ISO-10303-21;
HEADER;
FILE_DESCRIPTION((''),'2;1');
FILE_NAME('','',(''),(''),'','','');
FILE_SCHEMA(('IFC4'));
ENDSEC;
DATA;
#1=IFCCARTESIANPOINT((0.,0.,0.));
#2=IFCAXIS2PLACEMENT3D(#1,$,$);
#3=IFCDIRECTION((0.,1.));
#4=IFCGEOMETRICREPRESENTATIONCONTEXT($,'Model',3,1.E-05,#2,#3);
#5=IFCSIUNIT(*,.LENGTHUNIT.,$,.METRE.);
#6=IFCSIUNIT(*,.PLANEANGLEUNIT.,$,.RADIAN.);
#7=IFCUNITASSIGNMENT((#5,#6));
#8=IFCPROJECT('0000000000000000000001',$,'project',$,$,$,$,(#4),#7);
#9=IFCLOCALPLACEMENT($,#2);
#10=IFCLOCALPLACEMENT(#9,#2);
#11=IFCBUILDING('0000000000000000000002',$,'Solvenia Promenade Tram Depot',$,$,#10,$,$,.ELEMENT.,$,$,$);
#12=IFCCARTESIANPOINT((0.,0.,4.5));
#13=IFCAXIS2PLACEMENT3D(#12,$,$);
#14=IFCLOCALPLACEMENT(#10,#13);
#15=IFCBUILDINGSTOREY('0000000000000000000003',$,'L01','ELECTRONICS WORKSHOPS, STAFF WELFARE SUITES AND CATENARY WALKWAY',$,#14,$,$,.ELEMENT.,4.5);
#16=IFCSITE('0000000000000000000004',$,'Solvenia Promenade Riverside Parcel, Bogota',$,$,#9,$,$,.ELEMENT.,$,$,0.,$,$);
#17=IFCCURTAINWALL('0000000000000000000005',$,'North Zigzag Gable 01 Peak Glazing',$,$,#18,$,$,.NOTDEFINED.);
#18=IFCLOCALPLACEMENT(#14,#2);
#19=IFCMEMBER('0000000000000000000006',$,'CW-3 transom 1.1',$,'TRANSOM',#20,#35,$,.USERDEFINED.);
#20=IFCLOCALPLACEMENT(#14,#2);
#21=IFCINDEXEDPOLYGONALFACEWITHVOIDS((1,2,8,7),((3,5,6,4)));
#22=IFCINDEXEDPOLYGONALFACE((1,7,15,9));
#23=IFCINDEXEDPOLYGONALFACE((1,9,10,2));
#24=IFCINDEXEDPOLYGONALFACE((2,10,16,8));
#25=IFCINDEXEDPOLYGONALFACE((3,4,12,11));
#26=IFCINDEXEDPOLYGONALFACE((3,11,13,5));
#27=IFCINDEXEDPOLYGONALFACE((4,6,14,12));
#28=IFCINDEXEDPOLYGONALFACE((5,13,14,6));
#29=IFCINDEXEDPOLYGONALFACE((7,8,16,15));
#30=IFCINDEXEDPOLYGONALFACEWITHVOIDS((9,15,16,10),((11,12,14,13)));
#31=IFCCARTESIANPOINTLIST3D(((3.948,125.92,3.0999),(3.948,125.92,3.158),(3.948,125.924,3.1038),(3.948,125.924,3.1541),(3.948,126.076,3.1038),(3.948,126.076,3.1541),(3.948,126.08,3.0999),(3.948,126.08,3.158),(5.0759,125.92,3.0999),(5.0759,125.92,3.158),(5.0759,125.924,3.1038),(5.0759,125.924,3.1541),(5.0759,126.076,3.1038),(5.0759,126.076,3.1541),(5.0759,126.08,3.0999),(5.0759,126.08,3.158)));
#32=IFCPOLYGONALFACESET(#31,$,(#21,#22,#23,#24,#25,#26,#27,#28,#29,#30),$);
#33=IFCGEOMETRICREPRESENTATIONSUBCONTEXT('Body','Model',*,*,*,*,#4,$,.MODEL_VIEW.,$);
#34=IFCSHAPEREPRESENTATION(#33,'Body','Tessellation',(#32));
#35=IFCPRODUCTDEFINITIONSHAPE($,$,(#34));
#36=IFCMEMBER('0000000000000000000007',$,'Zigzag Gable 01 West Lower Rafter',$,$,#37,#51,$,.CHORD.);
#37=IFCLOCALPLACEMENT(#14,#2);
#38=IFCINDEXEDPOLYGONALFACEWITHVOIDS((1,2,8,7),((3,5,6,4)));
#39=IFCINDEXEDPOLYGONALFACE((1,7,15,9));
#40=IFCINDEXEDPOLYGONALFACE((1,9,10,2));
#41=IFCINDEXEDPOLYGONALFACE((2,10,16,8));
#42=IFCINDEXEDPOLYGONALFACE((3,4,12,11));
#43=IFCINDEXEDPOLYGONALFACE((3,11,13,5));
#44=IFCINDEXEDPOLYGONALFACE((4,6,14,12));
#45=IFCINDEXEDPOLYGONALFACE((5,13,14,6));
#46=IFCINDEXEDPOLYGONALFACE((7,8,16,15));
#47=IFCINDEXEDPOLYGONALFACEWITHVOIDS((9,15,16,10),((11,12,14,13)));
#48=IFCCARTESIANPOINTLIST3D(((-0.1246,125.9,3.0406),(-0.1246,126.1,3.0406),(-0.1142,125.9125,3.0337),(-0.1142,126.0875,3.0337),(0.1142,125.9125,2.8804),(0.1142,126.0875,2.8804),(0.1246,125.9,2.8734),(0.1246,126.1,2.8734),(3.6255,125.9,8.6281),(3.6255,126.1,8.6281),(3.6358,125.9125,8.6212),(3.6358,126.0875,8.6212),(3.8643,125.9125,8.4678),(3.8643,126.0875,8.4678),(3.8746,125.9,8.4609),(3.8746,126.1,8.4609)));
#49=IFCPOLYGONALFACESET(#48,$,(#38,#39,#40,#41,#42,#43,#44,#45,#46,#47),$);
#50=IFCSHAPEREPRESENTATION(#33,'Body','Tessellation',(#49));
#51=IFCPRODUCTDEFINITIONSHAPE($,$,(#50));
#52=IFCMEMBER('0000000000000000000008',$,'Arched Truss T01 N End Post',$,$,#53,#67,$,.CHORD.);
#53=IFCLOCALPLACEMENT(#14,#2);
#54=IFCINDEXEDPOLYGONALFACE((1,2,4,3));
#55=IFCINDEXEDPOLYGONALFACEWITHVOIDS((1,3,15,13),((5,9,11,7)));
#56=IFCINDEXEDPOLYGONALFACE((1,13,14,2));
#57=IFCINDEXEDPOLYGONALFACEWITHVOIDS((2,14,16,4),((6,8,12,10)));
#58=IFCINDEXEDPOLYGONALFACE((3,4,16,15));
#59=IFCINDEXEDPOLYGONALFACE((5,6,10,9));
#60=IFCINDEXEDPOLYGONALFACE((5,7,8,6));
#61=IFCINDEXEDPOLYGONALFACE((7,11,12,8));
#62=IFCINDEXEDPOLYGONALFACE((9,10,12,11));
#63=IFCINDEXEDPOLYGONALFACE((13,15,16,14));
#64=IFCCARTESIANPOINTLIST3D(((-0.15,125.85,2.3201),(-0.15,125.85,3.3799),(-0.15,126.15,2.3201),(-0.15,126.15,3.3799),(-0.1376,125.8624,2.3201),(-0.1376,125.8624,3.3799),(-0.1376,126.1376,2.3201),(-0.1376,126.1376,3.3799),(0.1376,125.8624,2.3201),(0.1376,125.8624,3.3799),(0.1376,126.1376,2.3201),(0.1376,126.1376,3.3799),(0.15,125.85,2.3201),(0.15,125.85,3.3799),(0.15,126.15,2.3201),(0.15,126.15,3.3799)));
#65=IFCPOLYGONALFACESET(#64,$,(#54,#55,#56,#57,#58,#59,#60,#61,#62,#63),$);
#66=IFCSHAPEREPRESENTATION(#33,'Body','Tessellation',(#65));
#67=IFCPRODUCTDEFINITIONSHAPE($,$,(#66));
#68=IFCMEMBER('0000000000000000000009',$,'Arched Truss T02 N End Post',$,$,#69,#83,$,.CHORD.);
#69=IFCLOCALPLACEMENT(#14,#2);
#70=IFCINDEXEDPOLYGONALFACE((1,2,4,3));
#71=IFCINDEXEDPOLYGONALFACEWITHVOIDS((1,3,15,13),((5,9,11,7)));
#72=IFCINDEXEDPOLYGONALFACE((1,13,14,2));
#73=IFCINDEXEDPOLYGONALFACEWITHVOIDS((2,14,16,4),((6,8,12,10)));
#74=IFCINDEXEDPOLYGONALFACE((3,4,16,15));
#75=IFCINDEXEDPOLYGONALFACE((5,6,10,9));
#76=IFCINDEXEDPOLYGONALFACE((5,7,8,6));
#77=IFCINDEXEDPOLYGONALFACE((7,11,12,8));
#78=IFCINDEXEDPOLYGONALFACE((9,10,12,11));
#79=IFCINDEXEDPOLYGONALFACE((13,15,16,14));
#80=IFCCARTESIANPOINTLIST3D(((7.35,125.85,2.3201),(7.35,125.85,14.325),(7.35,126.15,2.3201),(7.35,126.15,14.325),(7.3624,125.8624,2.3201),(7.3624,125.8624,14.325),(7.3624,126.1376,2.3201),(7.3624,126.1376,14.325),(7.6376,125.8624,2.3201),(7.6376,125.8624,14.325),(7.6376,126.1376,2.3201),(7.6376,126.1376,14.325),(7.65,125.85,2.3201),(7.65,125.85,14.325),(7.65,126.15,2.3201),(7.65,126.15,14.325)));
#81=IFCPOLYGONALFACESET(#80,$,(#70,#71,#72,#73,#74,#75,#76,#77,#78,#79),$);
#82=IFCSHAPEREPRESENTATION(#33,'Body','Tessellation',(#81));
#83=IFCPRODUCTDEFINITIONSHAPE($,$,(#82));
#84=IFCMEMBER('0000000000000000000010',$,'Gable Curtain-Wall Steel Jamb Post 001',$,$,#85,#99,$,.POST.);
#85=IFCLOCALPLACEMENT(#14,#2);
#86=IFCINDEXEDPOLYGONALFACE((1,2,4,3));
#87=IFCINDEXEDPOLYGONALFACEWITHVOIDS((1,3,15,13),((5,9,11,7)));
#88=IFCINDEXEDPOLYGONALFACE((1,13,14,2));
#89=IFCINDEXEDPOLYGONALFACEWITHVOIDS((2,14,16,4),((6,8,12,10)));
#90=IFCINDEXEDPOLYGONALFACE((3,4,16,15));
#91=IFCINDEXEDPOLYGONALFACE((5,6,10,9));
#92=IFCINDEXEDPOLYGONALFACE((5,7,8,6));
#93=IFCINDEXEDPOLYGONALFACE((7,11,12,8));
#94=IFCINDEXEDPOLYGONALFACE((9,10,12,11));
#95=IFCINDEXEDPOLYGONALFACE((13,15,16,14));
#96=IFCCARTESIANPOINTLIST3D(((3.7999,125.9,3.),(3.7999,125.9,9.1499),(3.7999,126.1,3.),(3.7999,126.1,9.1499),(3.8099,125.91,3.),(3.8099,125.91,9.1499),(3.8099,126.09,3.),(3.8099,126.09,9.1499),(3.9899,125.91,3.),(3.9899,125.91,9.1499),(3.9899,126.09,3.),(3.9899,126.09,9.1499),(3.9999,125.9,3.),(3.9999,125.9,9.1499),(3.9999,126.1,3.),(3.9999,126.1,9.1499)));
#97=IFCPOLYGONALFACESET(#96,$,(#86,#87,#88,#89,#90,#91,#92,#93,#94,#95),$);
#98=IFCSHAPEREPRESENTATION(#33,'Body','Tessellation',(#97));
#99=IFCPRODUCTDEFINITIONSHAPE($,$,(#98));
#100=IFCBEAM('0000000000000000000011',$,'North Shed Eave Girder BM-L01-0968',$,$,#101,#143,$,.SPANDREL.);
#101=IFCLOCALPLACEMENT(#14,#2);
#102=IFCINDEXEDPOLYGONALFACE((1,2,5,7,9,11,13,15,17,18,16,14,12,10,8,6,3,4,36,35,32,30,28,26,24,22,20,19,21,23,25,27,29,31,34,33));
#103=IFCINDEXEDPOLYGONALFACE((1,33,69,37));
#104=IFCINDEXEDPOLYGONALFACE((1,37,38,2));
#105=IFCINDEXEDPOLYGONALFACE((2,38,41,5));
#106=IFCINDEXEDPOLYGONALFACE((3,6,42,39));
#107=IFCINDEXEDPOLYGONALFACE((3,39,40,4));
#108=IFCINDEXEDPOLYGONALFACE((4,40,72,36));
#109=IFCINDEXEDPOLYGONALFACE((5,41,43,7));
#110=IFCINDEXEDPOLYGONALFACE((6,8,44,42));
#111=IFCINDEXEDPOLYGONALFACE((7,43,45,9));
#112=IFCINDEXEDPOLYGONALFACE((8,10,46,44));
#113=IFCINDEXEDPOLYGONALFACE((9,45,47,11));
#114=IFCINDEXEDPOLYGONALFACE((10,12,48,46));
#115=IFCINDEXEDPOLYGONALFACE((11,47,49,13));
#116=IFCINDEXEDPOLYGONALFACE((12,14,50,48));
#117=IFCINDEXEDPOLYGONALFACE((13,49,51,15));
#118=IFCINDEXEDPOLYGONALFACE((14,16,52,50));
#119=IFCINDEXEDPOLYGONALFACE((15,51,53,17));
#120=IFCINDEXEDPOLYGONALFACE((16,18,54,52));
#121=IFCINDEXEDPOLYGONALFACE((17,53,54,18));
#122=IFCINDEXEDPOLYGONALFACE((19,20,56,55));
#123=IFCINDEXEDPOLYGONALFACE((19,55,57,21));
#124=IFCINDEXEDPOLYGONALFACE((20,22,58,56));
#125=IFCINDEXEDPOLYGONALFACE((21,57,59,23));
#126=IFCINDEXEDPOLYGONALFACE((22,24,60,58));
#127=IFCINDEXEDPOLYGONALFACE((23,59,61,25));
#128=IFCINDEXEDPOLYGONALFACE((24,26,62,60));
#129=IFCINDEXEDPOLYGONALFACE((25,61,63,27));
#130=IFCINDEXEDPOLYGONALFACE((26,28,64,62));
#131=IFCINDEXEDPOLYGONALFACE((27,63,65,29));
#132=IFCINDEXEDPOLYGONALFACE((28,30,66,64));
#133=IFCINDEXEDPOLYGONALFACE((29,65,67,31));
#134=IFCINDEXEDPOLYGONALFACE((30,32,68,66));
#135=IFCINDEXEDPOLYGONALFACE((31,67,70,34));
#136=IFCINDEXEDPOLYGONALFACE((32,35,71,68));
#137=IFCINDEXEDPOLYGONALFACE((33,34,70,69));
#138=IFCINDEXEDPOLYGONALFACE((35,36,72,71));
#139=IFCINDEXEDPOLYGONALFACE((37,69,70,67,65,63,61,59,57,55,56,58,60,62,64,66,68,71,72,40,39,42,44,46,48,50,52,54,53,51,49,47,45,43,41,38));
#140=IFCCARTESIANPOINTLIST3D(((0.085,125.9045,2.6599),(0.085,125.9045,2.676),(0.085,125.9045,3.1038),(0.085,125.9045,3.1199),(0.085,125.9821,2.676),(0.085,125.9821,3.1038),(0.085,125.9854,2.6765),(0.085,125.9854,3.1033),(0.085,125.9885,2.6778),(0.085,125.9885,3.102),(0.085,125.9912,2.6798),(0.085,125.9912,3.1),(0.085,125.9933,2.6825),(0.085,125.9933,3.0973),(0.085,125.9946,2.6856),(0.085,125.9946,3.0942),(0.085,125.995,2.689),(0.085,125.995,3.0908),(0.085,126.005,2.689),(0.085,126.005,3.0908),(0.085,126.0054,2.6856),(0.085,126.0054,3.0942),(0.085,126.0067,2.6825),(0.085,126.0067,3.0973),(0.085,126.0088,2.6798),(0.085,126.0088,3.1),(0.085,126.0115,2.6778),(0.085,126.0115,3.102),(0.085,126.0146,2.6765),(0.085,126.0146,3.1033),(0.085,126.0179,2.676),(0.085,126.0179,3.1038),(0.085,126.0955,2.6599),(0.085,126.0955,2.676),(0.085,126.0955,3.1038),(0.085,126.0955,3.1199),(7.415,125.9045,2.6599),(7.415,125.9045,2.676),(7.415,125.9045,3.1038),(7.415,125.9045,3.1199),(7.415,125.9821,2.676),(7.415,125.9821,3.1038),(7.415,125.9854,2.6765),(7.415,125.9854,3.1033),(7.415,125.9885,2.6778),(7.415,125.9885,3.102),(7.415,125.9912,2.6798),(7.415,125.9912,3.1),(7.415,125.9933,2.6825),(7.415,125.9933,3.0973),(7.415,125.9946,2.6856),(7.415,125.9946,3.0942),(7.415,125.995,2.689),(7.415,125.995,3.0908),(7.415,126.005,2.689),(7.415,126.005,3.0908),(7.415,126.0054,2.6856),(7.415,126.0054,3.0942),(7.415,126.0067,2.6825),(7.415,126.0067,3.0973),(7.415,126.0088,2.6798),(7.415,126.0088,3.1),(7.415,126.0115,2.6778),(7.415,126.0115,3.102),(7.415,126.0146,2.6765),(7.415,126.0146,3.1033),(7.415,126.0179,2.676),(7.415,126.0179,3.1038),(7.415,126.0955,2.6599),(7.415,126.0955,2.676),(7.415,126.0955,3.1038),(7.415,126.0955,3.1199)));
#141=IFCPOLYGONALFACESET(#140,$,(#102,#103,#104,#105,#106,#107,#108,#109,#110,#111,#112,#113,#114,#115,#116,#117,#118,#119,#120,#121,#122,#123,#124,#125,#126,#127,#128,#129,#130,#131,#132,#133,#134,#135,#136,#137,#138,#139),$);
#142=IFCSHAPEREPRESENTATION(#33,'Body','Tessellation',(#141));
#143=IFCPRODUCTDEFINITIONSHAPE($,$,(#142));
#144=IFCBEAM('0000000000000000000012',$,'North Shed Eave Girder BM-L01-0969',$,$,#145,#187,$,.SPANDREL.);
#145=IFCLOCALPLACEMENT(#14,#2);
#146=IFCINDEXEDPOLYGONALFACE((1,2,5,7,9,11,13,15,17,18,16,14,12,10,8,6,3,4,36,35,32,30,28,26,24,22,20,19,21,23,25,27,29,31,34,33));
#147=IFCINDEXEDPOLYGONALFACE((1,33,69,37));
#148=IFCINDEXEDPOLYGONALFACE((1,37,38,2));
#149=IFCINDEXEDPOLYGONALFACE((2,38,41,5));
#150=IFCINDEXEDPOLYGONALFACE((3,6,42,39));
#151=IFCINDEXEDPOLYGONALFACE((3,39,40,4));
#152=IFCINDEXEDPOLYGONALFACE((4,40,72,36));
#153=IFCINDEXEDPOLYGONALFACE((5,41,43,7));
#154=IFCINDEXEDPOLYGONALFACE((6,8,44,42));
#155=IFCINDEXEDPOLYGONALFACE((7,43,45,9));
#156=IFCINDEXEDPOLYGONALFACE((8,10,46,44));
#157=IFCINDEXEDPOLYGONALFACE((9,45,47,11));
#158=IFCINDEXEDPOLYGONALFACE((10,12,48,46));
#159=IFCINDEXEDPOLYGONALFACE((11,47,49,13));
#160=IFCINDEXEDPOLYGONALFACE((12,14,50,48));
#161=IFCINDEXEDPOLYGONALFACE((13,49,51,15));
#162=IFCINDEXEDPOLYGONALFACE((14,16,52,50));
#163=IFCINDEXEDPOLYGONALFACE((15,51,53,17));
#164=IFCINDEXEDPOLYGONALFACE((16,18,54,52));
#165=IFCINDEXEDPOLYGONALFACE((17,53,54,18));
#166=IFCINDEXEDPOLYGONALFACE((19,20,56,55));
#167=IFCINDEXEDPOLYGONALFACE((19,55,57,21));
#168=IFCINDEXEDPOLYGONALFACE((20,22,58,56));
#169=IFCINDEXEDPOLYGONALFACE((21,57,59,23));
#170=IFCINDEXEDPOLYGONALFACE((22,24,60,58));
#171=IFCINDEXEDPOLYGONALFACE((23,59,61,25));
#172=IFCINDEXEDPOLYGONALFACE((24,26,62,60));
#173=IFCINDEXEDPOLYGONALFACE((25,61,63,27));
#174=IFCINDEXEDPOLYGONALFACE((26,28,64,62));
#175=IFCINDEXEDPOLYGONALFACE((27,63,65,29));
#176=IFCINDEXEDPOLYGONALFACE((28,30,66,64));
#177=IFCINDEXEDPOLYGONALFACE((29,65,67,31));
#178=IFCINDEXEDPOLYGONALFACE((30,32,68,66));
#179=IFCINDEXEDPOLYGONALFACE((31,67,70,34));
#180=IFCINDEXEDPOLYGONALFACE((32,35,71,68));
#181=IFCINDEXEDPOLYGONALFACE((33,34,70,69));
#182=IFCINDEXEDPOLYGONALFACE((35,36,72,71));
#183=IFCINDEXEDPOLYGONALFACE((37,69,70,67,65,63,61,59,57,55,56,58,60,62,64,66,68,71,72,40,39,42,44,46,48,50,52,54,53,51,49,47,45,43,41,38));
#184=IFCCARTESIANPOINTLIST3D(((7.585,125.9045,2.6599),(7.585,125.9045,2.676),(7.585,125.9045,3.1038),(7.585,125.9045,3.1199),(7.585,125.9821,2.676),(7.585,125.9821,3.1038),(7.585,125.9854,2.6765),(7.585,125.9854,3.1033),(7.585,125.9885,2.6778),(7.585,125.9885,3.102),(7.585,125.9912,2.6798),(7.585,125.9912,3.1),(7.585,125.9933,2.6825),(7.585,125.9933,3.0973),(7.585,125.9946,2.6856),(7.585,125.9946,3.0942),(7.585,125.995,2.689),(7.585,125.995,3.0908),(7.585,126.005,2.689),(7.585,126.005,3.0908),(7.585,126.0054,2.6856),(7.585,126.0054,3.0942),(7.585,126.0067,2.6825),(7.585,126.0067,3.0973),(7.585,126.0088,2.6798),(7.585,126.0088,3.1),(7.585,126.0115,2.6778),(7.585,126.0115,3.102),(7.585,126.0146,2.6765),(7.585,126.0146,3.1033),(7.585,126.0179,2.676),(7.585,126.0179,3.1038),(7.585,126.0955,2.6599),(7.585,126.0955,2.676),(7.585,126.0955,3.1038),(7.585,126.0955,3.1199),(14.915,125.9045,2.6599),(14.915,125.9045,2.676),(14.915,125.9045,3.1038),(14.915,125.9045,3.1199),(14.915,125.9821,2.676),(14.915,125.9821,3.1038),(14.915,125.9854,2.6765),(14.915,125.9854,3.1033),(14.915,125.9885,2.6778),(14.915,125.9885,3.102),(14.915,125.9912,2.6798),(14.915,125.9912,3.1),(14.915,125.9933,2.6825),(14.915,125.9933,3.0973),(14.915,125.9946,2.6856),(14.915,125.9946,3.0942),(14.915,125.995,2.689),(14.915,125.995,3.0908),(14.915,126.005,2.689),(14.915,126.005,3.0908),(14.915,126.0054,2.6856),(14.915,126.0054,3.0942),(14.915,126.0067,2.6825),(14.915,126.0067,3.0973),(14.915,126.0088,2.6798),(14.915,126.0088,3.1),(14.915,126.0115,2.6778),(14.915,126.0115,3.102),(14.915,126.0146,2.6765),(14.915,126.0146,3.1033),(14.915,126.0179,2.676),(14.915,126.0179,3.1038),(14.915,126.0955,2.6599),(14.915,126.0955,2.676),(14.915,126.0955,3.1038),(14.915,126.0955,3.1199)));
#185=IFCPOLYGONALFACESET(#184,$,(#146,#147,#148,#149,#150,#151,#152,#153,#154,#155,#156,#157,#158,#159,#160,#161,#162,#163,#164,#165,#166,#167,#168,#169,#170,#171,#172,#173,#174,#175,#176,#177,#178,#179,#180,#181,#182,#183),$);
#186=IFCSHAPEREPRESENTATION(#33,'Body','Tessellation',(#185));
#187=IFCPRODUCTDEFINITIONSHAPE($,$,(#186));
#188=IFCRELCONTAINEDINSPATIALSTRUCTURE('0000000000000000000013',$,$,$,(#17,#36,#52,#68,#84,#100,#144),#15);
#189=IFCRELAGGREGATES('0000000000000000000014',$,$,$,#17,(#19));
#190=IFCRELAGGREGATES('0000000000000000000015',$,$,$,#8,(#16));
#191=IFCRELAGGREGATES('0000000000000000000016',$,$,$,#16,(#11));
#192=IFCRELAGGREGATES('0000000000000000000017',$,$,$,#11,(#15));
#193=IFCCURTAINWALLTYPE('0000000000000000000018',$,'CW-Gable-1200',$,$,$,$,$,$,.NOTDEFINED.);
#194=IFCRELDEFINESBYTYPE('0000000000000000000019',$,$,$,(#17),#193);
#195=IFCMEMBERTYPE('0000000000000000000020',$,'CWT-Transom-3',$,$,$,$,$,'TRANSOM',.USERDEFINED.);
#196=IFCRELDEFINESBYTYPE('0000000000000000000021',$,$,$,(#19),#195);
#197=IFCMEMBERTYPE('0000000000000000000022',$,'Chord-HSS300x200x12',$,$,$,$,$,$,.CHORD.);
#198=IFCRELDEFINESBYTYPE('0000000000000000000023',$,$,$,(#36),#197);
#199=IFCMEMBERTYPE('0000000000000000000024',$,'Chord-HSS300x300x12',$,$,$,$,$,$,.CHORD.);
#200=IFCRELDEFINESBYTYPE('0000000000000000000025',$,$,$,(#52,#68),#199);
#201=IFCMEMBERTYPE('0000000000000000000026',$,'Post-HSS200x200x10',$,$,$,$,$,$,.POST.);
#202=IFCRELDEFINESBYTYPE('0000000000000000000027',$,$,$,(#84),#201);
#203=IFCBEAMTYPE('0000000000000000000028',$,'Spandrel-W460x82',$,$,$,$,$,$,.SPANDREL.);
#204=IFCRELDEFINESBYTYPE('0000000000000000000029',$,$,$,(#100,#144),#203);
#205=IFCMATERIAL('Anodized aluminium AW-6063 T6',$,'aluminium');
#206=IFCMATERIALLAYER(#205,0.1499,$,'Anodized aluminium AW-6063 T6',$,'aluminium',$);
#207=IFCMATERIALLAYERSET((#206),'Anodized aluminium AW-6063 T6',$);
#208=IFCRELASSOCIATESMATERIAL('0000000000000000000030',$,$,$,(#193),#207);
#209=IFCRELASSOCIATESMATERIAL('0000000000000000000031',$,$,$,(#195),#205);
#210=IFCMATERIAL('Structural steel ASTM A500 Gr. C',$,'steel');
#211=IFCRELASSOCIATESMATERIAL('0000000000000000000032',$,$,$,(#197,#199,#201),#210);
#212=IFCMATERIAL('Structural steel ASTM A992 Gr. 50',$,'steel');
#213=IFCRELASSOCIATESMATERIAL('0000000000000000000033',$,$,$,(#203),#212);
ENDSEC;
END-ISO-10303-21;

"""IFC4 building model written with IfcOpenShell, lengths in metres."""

from ifc_helpers import new_model, si_unit, direction, frame, origin, origin_2d, place, context, subcontext, project, spatial, hollow_rectangle, i_section, extrude, material, layer, layer_set, material_profile, profile_set, type_object, element, aggregate, save


model = new_model("IFC4")

# Units and contexts
model_context = context("Model", 3, precision=1e-05, world=origin(), true_north=direction((0.0, 1.0)))
body_context = subcontext(model_context, "Body", "Model", "MODEL_VIEW")
ifc_project = project(units=[si_unit("LENGTHUNIT", "METRE"), si_unit("PLANEANGLEUNIT", "RADIAN")], contexts=[model_context])

# Site, building, storey
site_placement = place(None, origin())
site = spatial("IfcSite", under=ifc_project, at=site_placement, Name="Solvenia Promenade Riverside Parcel, Bogota", CompositionType="ELEMENT", RefElevation=0.0)
building_placement = place(site_placement, origin())
building = spatial("IfcBuilding", under=site, at=building_placement, Name="Solvenia Promenade Tram Depot", CompositionType="ELEMENT")
storey_placement = place(building_placement, frame((0.0, 0.0, 4.5)))
storey = spatial("IfcBuildingStorey", under=building, at=storey_placement, Name="L01", Description="ELECTRONICS WORKSHOPS, STAFF WELFARE SUITES AND CATENARY WALKWAY", CompositionType="ELEMENT", Elevation=4.5)

# Shared definitions
ifc_material_1 = material(Name="Structural steel ASTM A992 Gr. 50", Category="steel")

# Shared definitions
ifc_material_2 = material(Name="Structural steel ASTM A500 Gr. C", Category="steel")

# Curtain wall, member
ifc_material_3 = material(Name="Anodized aluminium AW-6063 T6", Category="aluminium")
ifc_layer_1 = layer(ifc_material_3, 0.1499, Name="Anodized aluminium AW-6063 T6", Category="aluminium")
ifc_layer_set_1 = layer_set([ifc_layer_1], Name="Anodized aluminium AW-6063 T6")
curtain_wall_type = type_object("IfcCurtainWallType", Name="CW-Gable-1200", PredefinedType="NOTDEFINED", material=ifc_layer_set_1)
curtain_wall_placement = place(storey_placement, origin())
curtain_wall = element("IfcCurtainWall", 1, at=curtain_wall_placement, inside=storey, type_object=curtain_wall_type, Name="North Zigzag Gable 01 Peak Glazing", PredefinedType="NOTDEFINED")
ifc_material_profile_1 = material_profile(ifc_material_3, hollow_rectangle(XDim=0.1599, YDim=0.0581, WallThickness=0.0039, at=origin_2d()), Name="ALU-T3", Category="aluminium")
ifc_profile_set_1 = profile_set([ifc_material_profile_1], Name="Anodized aluminium AW-6063 T6")
member_type_1 = type_object("IfcMemberType", Name="CWT-Transom-3", ElementType="TRANSOM", PredefinedType="USERDEFINED", material=ifc_profile_set_1)
member_1_placement = place(storey_placement, frame((3.948, 126.0, 3.1289), z_axis=(1.0, 0.0, 0.0), x_axis=(0.0, 1.0, 0.0)))
member_1 = element("IfcMember", 2, at=member_1_placement, type_object=member_type_1, Name="CW-3 transom 1.1", ObjectType="TRANSOM", PredefinedType="USERDEFINED", context=body_context, shape_type="SweptSolid", body=[
    extrude(hollow_rectangle(XDim=0.1599, YDim=0.0581, WallThickness=0.0039, at=origin_2d()), origin(), (0.0, 0.0, 1.0), 1.1279),
])
aggregate(curtain_wall, [member_1])

# Members
ifc_material_profile_2 = material_profile(ifc_material_2, hollow_rectangle(XDim=0.2, YDim=0.3, WallThickness=0.0125, at=origin_2d()), Name="HSS300x200x12.5", Category="steel")
ifc_profile_set_2 = profile_set([ifc_material_profile_2], Name="Structural steel ASTM A500 Gr. C")
member_type_2 = type_object("IfcMemberType", Name="Chord-HSS300x200x12", PredefinedType="CHORD", material=ifc_profile_set_2)
member_2_placement = place(storey_placement, frame((0.0, 126.0, 2.957), z_axis=(0.557276, 0.0, 0.830327), x_axis=(0.0, 1.0, 0.0)))
element("IfcMember", 3, at=member_2_placement, inside=storey, type_object=member_type_2, Name="Zigzag Gable 01 West Lower Rafter", PredefinedType="CHORD", context=body_context, shape_type="SweptSolid", body=[
    extrude(hollow_rectangle(XDim=0.2, YDim=0.3, WallThickness=0.0125, at=origin_2d()), origin(), (0.0, 0.0, 1.0), 6.7292),
])
ifc_material_profile_3 = material_profile(ifc_material_2, hollow_rectangle(XDim=0.3, YDim=0.3, WallThickness=0.0125, at=origin_2d()), Name="HSS300x300x12.5", Category="steel")
ifc_profile_set_3 = profile_set([ifc_material_profile_3], Name="Structural steel ASTM A500 Gr. C")
member_type_3 = type_object("IfcMemberType", Name="Chord-HSS300x300x12", PredefinedType="CHORD", material=ifc_profile_set_3)
member_3_placement = place(storey_placement, frame((0.0, 126.0, 2.3201), z_axis=(0.0, 0.0, 1.0), x_axis=(1.0, 0.0, 0.0)))
element("IfcMember", 4, at=member_3_placement, inside=storey, type_object=member_type_3, Name="Arched Truss T01 N End Post", PredefinedType="CHORD", context=body_context, shape_type="SweptSolid", body=[
    extrude(hollow_rectangle(XDim=0.3, YDim=0.3, WallThickness=0.0125, at=origin_2d()), origin(), (0.0, 0.0, 1.0), 1.0598),
])
member_4_placement = place(storey_placement, frame((7.5, 126.0, 2.3201), z_axis=(0.0, 0.0, 1.0), x_axis=(1.0, 0.0, 0.0)))
element("IfcMember", 5, at=member_4_placement, inside=storey, type_object=member_type_3, Name="Arched Truss T02 N End Post", PredefinedType="CHORD", context=body_context, shape_type="SweptSolid", body=[
    extrude(hollow_rectangle(XDim=0.3, YDim=0.3, WallThickness=0.0125, at=origin_2d()), origin(), (0.0, 0.0, 1.0), 12.0049),
])
ifc_material_profile_4 = material_profile(ifc_material_2, hollow_rectangle(XDim=0.2, YDim=0.2, WallThickness=0.01, at=origin_2d()), Name="HSS200x200x10", Category="steel")
ifc_profile_set_4 = profile_set([ifc_material_profile_4], Name="Structural steel ASTM A500 Gr. C")
member_type_4 = type_object("IfcMemberType", Name="Post-HSS200x200x10", PredefinedType="POST", material=ifc_profile_set_4)
member_5_placement = place(storey_placement, frame((3.8999, 126.0, 3.0), z_axis=(0.0, 0.0, 1.0), x_axis=(1.0, 0.0, 0.0)))
element("IfcMember", 6, at=member_5_placement, inside=storey, type_object=member_type_4, Name="Gable Curtain-Wall Steel Jamb Post 001", PredefinedType="POST", context=body_context, shape_type="SweptSolid", body=[
    extrude(hollow_rectangle(XDim=0.2, YDim=0.2, WallThickness=0.01, at=origin_2d()), origin(), (0.0, 0.0, 1.0), 6.1499),
])

# Beams
ifc_material_profile_5 = material_profile(ifc_material_1, i_section(OverallWidth=0.1909, OverallDepth=0.46, WebThickness=0.01, FlangeThickness=0.0161, FilletRadius=0.0129, at=origin_2d()), Name="W460x82", Category="steel")
ifc_profile_set_5 = profile_set([ifc_material_profile_5], Name="Structural steel ASTM A992 Gr. 50")
beam_type = type_object("IfcBeamType", Name="Spandrel-W460x82", PredefinedType="SPANDREL", material=ifc_profile_set_5)
for number, where, z_axis, x_axis, name in (
    (7, (0.085, 126.0, 2.8899), (1.0, 0.0, 0.0), (0.0, 1.0, 0.0), "North Shed Eave Girder BM-L01-0968"),
    (8, (7.585, 126.0, 2.8899), (1.0, 0.0, 0.0), (0.0, 1.0, 0.0), "North Shed Eave Girder BM-L01-0969"),
):
    element("IfcBeam", number, at=place(storey_placement, frame(where, z_axis=z_axis, x_axis=x_axis)), inside=storey, type_object=beam_type, Name=name, PredefinedType="SPANDREL", context=body_context, shape_type="SweptSolid", body=[
        extrude(i_section(OverallWidth=0.1909, OverallDepth=0.46, WebThickness=0.01, FlangeThickness=0.0161, FilletRadius=0.0129, at=origin_2d()), origin(), (0.0, 0.0, 1.0), 7.3301),
    ])

save(model, "model.ifc")
